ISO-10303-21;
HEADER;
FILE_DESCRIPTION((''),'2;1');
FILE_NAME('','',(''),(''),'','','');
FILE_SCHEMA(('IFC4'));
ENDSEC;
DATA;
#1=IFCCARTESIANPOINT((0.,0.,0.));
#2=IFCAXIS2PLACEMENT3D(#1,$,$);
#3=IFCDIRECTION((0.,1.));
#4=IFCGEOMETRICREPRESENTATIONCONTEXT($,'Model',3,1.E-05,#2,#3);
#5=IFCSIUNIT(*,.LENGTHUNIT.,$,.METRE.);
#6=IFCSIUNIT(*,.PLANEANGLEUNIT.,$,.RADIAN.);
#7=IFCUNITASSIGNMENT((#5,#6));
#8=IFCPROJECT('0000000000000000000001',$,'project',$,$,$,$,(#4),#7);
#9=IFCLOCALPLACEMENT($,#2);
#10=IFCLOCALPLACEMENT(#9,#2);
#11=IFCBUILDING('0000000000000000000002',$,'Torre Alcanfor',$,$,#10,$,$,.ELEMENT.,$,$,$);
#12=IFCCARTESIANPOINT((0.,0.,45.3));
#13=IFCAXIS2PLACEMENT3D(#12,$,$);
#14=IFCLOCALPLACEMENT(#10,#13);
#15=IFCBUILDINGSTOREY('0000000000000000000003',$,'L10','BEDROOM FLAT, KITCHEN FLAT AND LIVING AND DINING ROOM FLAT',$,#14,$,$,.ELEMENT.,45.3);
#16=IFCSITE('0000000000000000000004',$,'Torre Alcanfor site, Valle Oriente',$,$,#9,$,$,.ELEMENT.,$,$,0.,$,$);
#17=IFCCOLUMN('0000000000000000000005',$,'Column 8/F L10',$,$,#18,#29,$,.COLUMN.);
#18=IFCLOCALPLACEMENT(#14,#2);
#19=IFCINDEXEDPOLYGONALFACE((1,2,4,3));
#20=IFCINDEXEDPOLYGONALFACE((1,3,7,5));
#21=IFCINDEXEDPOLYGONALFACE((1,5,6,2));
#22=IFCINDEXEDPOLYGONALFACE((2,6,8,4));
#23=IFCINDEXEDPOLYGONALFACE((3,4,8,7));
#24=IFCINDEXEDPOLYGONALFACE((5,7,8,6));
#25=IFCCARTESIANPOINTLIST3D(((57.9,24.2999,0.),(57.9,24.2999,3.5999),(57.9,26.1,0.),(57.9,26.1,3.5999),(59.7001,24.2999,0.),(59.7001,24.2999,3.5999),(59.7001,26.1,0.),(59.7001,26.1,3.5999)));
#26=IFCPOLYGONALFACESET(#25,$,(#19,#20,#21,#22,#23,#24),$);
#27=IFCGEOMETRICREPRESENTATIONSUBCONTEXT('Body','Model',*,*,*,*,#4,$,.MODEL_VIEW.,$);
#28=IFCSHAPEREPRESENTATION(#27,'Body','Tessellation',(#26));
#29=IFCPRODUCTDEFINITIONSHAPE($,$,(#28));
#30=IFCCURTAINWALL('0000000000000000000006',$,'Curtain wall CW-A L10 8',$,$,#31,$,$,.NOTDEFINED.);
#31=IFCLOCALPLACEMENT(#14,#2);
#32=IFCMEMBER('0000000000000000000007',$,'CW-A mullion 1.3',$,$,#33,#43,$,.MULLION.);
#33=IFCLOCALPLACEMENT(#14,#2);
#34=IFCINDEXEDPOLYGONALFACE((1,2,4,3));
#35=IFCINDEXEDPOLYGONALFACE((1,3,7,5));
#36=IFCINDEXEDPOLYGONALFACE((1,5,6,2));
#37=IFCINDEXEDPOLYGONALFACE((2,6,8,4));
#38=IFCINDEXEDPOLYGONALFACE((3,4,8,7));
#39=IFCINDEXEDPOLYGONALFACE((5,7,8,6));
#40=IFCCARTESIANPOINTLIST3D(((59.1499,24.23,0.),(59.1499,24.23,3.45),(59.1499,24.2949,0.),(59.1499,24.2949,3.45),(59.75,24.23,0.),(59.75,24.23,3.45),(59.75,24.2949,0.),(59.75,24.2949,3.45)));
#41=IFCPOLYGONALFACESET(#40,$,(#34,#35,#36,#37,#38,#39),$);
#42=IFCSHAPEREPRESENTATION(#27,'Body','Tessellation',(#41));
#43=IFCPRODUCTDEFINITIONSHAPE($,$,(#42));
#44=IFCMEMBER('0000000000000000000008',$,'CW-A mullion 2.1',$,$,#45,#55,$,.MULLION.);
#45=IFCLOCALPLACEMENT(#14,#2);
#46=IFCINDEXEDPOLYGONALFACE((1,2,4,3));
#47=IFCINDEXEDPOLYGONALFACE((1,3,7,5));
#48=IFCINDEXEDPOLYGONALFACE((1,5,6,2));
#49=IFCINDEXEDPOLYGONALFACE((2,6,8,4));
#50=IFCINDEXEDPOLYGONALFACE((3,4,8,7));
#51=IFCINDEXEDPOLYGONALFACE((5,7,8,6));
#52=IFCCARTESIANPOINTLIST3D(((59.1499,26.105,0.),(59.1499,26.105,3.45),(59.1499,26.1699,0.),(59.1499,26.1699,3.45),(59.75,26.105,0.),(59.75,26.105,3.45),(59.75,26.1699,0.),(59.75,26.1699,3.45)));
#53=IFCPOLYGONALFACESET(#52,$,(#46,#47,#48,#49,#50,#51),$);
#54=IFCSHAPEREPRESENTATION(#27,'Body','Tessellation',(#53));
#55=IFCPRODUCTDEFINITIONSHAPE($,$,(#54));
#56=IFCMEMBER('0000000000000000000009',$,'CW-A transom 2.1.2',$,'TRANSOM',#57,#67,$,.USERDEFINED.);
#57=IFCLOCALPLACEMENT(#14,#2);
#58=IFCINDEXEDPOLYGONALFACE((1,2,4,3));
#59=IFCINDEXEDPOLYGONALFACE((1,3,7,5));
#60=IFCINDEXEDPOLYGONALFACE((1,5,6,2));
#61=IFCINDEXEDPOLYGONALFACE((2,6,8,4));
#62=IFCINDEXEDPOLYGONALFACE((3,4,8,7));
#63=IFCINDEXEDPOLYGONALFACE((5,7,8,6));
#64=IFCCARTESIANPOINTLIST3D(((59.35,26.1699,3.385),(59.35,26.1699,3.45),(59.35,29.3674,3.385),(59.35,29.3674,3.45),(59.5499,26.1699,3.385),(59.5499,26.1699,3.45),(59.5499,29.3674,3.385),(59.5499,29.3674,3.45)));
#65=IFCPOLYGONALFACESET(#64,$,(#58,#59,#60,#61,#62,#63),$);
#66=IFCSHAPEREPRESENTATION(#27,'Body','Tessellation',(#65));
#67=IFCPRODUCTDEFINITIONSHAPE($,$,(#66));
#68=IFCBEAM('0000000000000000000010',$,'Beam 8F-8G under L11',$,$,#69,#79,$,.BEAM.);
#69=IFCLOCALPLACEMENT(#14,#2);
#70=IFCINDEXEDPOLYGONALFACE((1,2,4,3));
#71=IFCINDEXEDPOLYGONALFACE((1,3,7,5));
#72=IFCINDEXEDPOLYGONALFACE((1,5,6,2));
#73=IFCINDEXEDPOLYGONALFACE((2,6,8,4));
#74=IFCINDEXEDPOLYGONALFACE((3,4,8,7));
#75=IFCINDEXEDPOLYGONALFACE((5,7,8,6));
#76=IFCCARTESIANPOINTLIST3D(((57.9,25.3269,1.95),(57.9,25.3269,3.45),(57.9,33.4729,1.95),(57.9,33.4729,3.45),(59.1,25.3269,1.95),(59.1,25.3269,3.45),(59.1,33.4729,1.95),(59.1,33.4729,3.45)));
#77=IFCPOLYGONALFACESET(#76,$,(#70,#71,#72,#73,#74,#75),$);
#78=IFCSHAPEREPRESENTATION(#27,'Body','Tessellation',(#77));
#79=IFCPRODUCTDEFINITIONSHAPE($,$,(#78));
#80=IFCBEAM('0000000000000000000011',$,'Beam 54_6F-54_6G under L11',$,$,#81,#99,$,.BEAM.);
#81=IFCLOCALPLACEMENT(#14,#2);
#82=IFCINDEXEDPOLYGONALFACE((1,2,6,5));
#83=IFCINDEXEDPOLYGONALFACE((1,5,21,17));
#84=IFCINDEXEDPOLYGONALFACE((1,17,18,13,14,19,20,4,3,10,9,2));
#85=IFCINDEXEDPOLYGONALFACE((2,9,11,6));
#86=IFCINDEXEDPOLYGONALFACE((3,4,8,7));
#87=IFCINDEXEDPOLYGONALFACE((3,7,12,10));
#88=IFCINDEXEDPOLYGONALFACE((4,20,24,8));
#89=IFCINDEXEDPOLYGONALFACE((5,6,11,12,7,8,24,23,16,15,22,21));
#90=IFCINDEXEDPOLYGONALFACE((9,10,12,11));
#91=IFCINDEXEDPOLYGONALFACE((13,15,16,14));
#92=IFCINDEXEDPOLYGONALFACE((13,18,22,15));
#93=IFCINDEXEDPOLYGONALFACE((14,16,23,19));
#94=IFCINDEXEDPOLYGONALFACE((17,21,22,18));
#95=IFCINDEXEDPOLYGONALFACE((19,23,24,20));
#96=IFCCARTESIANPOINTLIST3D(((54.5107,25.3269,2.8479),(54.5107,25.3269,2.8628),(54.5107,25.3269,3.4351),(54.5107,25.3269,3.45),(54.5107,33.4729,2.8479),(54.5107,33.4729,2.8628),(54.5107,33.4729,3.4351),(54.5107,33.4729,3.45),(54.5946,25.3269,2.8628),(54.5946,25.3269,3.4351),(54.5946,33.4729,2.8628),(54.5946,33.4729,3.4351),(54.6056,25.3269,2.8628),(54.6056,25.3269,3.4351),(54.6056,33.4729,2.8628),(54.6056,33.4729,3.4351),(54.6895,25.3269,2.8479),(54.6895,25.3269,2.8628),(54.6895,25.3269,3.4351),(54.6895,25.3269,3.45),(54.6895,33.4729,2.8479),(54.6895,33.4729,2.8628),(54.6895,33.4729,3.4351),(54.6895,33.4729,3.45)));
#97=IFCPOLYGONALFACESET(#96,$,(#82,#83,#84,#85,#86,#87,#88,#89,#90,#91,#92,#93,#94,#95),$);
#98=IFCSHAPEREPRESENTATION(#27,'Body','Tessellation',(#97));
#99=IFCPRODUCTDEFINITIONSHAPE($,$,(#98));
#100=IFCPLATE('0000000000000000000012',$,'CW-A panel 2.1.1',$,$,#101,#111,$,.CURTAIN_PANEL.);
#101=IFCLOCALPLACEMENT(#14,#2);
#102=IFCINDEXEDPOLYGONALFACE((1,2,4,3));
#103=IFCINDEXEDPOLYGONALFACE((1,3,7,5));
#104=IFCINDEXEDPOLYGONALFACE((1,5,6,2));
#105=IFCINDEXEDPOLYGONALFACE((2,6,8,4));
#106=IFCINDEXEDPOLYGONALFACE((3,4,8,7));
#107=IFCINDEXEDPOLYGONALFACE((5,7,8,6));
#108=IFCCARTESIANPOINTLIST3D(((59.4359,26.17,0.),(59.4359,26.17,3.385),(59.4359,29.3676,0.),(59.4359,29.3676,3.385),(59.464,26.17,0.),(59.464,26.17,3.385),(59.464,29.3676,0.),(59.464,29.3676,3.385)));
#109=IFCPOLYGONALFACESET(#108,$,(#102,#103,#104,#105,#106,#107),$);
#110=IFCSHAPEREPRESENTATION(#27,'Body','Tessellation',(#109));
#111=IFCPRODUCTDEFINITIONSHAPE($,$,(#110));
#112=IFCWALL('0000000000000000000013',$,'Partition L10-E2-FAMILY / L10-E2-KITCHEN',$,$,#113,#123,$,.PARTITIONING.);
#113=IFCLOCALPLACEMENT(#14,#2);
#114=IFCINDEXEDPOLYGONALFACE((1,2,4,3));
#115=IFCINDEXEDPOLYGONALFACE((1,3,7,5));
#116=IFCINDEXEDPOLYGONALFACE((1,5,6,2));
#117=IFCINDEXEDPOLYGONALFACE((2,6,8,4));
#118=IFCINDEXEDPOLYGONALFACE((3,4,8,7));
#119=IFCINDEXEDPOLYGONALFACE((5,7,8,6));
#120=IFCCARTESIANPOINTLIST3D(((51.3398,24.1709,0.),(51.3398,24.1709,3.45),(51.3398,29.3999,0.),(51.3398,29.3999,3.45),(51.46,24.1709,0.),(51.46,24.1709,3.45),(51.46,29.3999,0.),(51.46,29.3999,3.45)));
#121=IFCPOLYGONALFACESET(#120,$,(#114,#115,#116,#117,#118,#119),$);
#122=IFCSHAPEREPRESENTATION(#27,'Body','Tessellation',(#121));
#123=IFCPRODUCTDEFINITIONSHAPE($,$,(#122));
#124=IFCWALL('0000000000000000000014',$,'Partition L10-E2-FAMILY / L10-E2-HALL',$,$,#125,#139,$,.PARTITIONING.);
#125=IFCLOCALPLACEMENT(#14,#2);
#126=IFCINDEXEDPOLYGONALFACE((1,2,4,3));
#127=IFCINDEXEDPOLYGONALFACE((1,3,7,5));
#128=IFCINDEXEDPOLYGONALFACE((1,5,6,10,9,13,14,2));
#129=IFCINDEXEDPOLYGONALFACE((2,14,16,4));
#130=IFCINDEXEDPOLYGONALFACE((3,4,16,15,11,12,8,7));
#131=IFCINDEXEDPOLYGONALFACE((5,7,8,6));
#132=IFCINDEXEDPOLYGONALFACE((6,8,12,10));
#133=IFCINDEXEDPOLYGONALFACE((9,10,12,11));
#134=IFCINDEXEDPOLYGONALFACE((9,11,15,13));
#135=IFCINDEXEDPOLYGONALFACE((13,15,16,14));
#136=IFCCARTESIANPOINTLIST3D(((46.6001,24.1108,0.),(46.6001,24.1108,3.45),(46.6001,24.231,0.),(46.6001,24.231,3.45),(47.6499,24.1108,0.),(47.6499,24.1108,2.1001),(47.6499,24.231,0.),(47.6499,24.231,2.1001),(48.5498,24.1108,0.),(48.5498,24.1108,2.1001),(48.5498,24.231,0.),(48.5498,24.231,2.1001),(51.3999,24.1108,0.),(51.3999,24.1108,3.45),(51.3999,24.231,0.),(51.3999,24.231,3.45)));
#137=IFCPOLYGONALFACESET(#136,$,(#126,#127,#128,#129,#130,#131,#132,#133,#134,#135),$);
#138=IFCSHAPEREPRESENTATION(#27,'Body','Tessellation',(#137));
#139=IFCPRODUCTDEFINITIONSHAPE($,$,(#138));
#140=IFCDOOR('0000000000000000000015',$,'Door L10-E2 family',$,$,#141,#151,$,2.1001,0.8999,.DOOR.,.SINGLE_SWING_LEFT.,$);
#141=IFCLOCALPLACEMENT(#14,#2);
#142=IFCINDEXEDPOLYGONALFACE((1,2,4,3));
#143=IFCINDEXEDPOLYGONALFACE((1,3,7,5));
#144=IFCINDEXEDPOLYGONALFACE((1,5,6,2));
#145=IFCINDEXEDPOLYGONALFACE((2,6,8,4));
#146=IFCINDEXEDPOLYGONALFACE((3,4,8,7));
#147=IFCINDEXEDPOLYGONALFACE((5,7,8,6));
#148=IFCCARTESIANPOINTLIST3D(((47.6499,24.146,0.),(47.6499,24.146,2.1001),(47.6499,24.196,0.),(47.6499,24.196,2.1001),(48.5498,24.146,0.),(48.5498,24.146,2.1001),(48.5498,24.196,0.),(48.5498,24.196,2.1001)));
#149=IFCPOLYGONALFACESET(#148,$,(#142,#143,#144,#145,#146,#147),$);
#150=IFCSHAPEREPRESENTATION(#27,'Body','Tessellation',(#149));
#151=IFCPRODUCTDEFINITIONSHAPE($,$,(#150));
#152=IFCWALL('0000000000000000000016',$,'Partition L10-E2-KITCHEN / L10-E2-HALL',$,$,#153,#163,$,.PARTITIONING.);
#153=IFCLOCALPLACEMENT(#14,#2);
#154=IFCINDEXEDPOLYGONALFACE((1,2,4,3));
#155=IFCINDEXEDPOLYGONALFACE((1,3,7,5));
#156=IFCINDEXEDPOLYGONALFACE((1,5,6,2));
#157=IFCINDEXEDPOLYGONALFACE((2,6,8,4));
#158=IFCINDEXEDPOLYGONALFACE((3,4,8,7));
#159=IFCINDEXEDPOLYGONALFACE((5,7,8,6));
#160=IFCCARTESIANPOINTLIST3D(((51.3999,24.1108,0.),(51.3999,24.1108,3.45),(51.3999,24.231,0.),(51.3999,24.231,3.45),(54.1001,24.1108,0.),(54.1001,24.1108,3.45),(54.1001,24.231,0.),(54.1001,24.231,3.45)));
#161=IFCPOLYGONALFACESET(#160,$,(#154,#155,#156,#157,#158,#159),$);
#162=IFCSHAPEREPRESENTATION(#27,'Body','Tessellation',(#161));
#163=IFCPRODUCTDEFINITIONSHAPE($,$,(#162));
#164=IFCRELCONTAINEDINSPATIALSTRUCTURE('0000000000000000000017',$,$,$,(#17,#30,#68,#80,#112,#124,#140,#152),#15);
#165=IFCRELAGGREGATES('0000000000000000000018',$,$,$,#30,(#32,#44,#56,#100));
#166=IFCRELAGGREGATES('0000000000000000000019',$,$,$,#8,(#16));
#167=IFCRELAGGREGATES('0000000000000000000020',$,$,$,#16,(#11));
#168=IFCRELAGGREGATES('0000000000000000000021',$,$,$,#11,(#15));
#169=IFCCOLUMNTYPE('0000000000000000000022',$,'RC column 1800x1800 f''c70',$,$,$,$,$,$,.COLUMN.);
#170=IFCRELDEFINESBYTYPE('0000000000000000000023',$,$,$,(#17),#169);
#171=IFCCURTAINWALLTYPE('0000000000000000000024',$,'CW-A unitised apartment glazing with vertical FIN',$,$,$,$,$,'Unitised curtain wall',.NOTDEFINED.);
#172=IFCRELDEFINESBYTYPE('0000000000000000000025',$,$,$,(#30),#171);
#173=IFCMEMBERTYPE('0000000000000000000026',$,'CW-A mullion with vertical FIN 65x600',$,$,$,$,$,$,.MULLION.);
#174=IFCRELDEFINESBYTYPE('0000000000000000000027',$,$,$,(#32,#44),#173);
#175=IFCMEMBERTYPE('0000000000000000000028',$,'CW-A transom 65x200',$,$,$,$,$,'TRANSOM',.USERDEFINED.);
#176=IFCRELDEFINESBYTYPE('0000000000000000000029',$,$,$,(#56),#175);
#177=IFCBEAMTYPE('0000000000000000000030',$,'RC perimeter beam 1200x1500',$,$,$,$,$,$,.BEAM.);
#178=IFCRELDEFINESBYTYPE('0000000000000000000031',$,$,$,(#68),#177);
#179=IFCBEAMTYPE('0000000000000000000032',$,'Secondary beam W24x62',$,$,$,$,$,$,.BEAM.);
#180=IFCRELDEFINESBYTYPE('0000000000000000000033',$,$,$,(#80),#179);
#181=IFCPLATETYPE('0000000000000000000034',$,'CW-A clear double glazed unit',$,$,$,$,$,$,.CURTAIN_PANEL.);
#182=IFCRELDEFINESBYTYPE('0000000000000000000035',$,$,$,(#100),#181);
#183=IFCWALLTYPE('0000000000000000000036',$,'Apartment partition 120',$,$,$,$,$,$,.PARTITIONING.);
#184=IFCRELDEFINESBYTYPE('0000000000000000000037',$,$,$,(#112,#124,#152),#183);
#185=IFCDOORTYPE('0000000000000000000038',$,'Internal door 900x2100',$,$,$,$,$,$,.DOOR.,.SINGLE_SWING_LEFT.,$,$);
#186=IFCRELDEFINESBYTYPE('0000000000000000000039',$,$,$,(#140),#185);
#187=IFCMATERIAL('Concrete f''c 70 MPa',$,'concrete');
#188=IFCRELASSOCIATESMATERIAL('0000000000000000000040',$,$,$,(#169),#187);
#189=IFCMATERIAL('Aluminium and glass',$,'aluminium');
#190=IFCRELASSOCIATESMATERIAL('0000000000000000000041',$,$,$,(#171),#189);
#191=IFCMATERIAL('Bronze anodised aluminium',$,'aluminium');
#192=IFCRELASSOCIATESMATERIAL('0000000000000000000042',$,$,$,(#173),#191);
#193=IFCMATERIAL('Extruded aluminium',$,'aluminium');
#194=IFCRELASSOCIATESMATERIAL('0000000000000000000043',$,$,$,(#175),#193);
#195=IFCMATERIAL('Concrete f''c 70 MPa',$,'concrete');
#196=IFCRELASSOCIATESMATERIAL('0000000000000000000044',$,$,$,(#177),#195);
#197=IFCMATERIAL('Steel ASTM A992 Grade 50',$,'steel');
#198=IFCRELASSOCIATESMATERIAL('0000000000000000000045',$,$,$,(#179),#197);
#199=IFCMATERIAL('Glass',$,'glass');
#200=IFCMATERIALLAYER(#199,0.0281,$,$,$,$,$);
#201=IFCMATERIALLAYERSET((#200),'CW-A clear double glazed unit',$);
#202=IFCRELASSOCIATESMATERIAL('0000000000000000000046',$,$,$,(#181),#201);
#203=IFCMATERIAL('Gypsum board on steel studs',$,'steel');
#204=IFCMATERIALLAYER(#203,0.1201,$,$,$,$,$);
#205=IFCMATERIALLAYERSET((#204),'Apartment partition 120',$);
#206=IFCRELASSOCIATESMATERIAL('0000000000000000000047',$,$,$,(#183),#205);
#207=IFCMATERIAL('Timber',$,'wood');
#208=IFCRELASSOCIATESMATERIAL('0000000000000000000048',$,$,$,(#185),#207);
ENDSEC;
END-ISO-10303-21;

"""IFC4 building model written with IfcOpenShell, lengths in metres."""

from ifc_helpers import new_model, si_unit, direction, frame, frame_2d, origin, origin_2d, place, context, subcontext, project, spatial, rectangle, i_section, extrude, material, layer, layer_set, material_profile, profile_set, type_object, element, fill, aggregate, save


model = new_model("IFC4")

# Units and contexts
model_context = context("Model", 3, precision=1e-05, world=origin(), true_north=direction((0.0, 1.0)))
body_context = subcontext(model_context, "Body", "Model", "MODEL_VIEW")
ifc_project = project(units=[si_unit("LENGTHUNIT", "METRE"), si_unit("PLANEANGLEUNIT", "RADIAN")], contexts=[model_context])

# Site, building, storey
site_placement = place(None, origin())
site = spatial("IfcSite", under=ifc_project, at=site_placement, Name="Torre Alcanfor site, Valle Oriente", CompositionType="ELEMENT", RefElevation=0.0)
building_placement = place(site_placement, origin())
building = spatial("IfcBuilding", under=site, at=building_placement, Name="Torre Alcanfor", CompositionType="ELEMENT")
storey_placement = place(building_placement, frame((0.0, 0.0, 45.3)))
storey = spatial("IfcBuildingStorey", under=building, at=storey_placement, Name="L10", Description="BEDROOM FLAT, KITCHEN FLAT AND LIVING AND DINING ROOM FLAT", CompositionType="ELEMENT", Elevation=45.3)

# Column
ifc_material_1 = material(Name="Concrete f'c 70 MPa", Category="concrete")
ifc_material_profile_1 = material_profile(ifc_material_1, rectangle(XDim=1.8, YDim=1.8, at=origin_2d()), Name="1800x1800")
ifc_profile_set_1 = profile_set([ifc_material_profile_1], Name="Concrete f'c 70 MPa")
column_type = type_object("IfcColumnType", Name="RC column 1800x1800 f'c70", PredefinedType="COLUMN", material=ifc_profile_set_1)
column_placement = place(storey_placement, frame((58.8, 25.2, 0.0), z_axis=(0.0, 0.0, 1.0), x_axis=(1.0, 0.0, 0.0)))
element("IfcColumn", 1, at=column_placement, inside=storey, type_object=column_type, Name="Column 8/F L10", PredefinedType="COLUMN", context=body_context, shape_type="SweptSolid", body=[
    extrude(rectangle(XDim=1.8, YDim=1.8, at=origin_2d()), origin(), (0.0, 0.0, 1.0), 3.5999),
])

# Curtain wall, members
ifc_material_2 = material(Name="Aluminium and glass", Category="aluminium")
curtain_wall_type = type_object("IfcCurtainWallType", Name="CW-A unitised apartment glazing with vertical FIN", ElementType="Unitised curtain wall", PredefinedType="NOTDEFINED", material=ifc_material_2)
curtain_wall_placement = place(storey_placement, origin())
curtain_wall = element("IfcCurtainWall", 2, at=curtain_wall_placement, inside=storey, type_object=curtain_wall_type, Name="Curtain wall CW-A L10 8", PredefinedType="NOTDEFINED")
ifc_material_3 = material(Name="Bronze anodised aluminium", Category="aluminium")
ifc_material_profile_2 = material_profile(ifc_material_3, rectangle(XDim=0.6001, YDim=0.0649, at=origin_2d()), Name="CW-A mullion 65x600")
ifc_profile_set_2 = profile_set([ifc_material_profile_2], Name="Bronze anodised aluminium")
member_type_1 = type_object("IfcMemberType", Name="CW-A mullion with vertical FIN 65x600", PredefinedType="MULLION", material=ifc_profile_set_2)
member_1_placement = place(storey_placement, frame((59.45, 24.2625, 0.0), z_axis=(0.0, 0.0, 1.0), x_axis=(-1.0, 0.0, 0.0)))
member_1 = element("IfcMember", 3, at=member_1_placement, type_object=member_type_1, Name="CW-A mullion 1.3", PredefinedType="MULLION", context=body_context, shape_type="SweptSolid", body=[
    extrude(rectangle(XDim=0.6001, YDim=0.0649, at=origin_2d()), origin(), (0.0, 0.0, 1.0), 3.45),
])
member_2_placement = place(storey_placement, frame((59.45, 26.1375, 0.0), z_axis=(0.0, 0.0, 1.0), x_axis=(-1.0, 0.0, 0.0)))
member_2 = element("IfcMember", 4, at=member_2_placement, type_object=member_type_1, Name="CW-A mullion 2.1", PredefinedType="MULLION", context=body_context, shape_type="SweptSolid", body=[
    extrude(rectangle(XDim=0.6001, YDim=0.0649, at=origin_2d()), origin(), (0.0, 0.0, 1.0), 3.45),
])
ifc_material_4 = material(Name="Extruded aluminium", Category="aluminium")
ifc_material_profile_3 = material_profile(ifc_material_4, rectangle(XDim=0.2, YDim=0.0649, at=origin_2d()), Name="CW-A transom 200x65")
ifc_profile_set_3 = profile_set([ifc_material_profile_3], Name="Extruded aluminium")
member_type_2 = type_object("IfcMemberType", Name="CW-A transom 65x200", ElementType="TRANSOM", PredefinedType="USERDEFINED", material=ifc_profile_set_3)
member_3_placement = place(storey_placement, frame((59.45, 26.1699, 3.4175), z_axis=(0.0, 1.0, 0.0), x_axis=(-1.0, 0.0, 0.0)))
member_3 = element("IfcMember", 5, at=member_3_placement, type_object=member_type_2, Name="CW-A transom 2.1.2", ObjectType="TRANSOM", PredefinedType="USERDEFINED", context=body_context, shape_type="SweptSolid", body=[
    extrude(rectangle(XDim=0.2, YDim=0.0649, at=origin_2d()), origin(), (0.0, 0.0, 1.0), 3.1975),
])

# Beams
ifc_material_5 = material(Name="Concrete f'c 70 MPa", Category="concrete")
ifc_material_profile_4 = material_profile(ifc_material_5, rectangle(XDim=1.2, YDim=1.5, at=origin_2d()), Name="1200x1500")
ifc_profile_set_4 = profile_set([ifc_material_profile_4], Name="Concrete f'c 70 MPa")
beam_type_1 = type_object("IfcBeamType", Name="RC perimeter beam 1200x1500", PredefinedType="BEAM", material=ifc_profile_set_4)
beam_1_placement = place(storey_placement, frame((58.5, 25.3269, 2.7), z_axis=(0.0, 1.0, 0.0), x_axis=(-1.0, 0.0, 0.0)))
element("IfcBeam", 6, at=beam_1_placement, inside=storey, type_object=beam_type_1, Name="Beam 8F-8G under L11", PredefinedType="BEAM", context=body_context, shape_type="SweptSolid", body=[
    extrude(rectangle(XDim=1.2, YDim=1.5, at=origin_2d()), origin(), (0.0, 0.0, 1.0), 8.146),
])
ifc_material_6 = material(Name="Steel ASTM A992 Grade 50", Category="steel")
ifc_material_profile_5 = material_profile(ifc_material_6, i_section(OverallWidth=0.1787, OverallDepth=0.6021, WebThickness=0.011, FlangeThickness=0.0149, at=origin_2d()), Name="W24x62")
ifc_profile_set_5 = profile_set([ifc_material_profile_5], Name="Steel ASTM A992 Grade 50")
beam_type_2 = type_object("IfcBeamType", Name="Secondary beam W24x62", PredefinedType="BEAM", material=ifc_profile_set_5)
beam_2_placement = place(storey_placement, frame((54.6001, 25.3269, 3.1489), z_axis=(0.0, 1.0, 0.0), x_axis=(-1.0, 0.0, 0.0)))
element("IfcBeam", 7, at=beam_2_placement, inside=storey, type_object=beam_type_2, Name="Beam 54_6F-54_6G under L11", PredefinedType="BEAM", context=body_context, shape_type="SweptSolid", body=[
    extrude(i_section(OverallWidth=0.1787, OverallDepth=0.6021, WebThickness=0.011, FlangeThickness=0.0149, at=origin_2d()), origin(), (0.0, 0.0, 1.0), 8.146),
])

# Plate
ifc_material_7 = material(Name="Glass", Category="glass")
ifc_layer_1 = layer(ifc_material_7, 0.0281)
ifc_layer_set_1 = layer_set([ifc_layer_1], Name="CW-A clear double glazed unit")
plate_type = type_object("IfcPlateType", Name="CW-A clear double glazed unit", PredefinedType="CURTAIN_PANEL", material=ifc_layer_set_1)
plate_placement = place(storey_placement, frame((59.45, 27.7688, 0.0), z_axis=(0.0, 0.0, 1.0), x_axis=(0.0, 1.0, 0.0)))
plate = element("IfcPlate", 8, at=plate_placement, type_object=plate_type, Name="CW-A panel 2.1.1", PredefinedType="CURTAIN_PANEL", context=body_context, shape_type="SweptSolid", body=[
    extrude(rectangle(XDim=3.1975, YDim=0.0281, at=origin_2d()), origin(), (0.0, 0.0, 1.0), 3.385),
])
aggregate(curtain_wall, [member_1, member_2, member_3, plate])

# Wall
ifc_material_8 = material(Name="Gypsum board on steel studs", Category="steel")
ifc_layer_2 = layer(ifc_material_8, 0.1201)
ifc_layer_set_2 = layer_set([ifc_layer_2], Name="Apartment partition 120")
wall_type_1 = type_object("IfcWallType", Name="Apartment partition 120", PredefinedType="PARTITIONING", material=ifc_layer_set_2)
wall_1_placement = place(storey_placement, frame((51.3999, 29.3999, 0.0), z_axis=(0.0, 0.0, 1.0), x_axis=(0.0, -1.0, 0.0)))
element("IfcWall", 9, at=wall_1_placement, inside=storey, type_object=wall_type_1, Name="Partition L10-E2-FAMILY / L10-E2-KITCHEN", PredefinedType="PARTITIONING", context=body_context, shape_type="SweptSolid", body=[
    extrude(rectangle(XDim=5.229, YDim=0.1201, at=frame_2d((2.6145, 0.0))), origin(), (0.0, 0.0, 1.0), 3.45),
])

# Wall, opening, door
wall_2_placement = place(storey_placement, frame((51.3999, 24.1709, 0.0), z_axis=(0.0, 0.0, 1.0), x_axis=(-1.0, 0.0, 0.0)))
wall_2 = element("IfcWall", 10, at=wall_2_placement, inside=storey, type_object=wall_type_1, Name="Partition L10-E2-FAMILY / L10-E2-HALL", PredefinedType="PARTITIONING", context=body_context, shape_type="SweptSolid", body=[
    extrude(rectangle(XDim=4.7998, YDim=0.1201, at=frame_2d((2.3999, 0.0))), origin(), (0.0, 0.0, 1.0), 3.45),
])
opening_1_placement = place(wall_2_placement, frame((2.8501, 0.0, 0.0)))
opening_1 = element("IfcOpeningElement", 11, at=opening_1_placement, cuts=wall_2, PredefinedType="OPENING", context=body_context, shape_type="SweptSolid", body=[
    extrude(rectangle(XDim=0.8999, YDim=2.1001, at=frame_2d((0.45, 1.05))), frame((0.0, 0.0701, 0.0), z_axis=(0.0, -1.0, 0.0), x_axis=(1.0, 0.0, 0.0)), (0.0, 0.0, 1.0), 0.1401),
])
ifc_material_9 = material(Name="Timber", Category="wood")
door_type = type_object("IfcDoorType", Name="Internal door 900x2100", OperationType="SINGLE_SWING_LEFT", PredefinedType="DOOR", material=ifc_material_9)
door_1_placement = place(opening_1_placement, frame((0.8999, 0.0, 0.0), z_axis=(0.0, 0.0, 1.0), x_axis=(-1.0, 0.0, 0.0)))
door_1 = element("IfcDoor", 12, at=door_1_placement, inside=storey, type_object=door_type, Name="Door L10-E2 family", OperationType="SINGLE_SWING_LEFT", OverallHeight=2.1001, OverallWidth=0.8999, PredefinedType="DOOR", context=body_context, shape_type="SweptSolid", body=[
    extrude(rectangle(XDim=0.8999, YDim=2.1001, at=frame_2d((0.45, 1.05))), frame((0.0, 0.0251, 0.0), z_axis=(0.0, -1.0, 0.0), x_axis=(1.0, 0.0, 0.0)), (0.0, 0.0, 1.0), 0.05),
])
fill(opening_1, door_1)

# Wall
wall_3_placement = place(storey_placement, frame((54.1001, 24.1709, 0.0), z_axis=(0.0, 0.0, 1.0), x_axis=(-1.0, 0.0, 0.0)))
element("IfcWall", 13, at=wall_3_placement, inside=storey, type_object=wall_type_1, Name="Partition L10-E2-KITCHEN / L10-E2-HALL", PredefinedType="PARTITIONING", context=body_context, shape_type="SweptSolid", body=[
    extrude(rectangle(XDim=2.7002, YDim=0.1201, at=frame_2d((1.3501, 0.0))), origin(), (0.0, 0.0, 1.0), 3.45),
])

save(model, "model.ifc")
